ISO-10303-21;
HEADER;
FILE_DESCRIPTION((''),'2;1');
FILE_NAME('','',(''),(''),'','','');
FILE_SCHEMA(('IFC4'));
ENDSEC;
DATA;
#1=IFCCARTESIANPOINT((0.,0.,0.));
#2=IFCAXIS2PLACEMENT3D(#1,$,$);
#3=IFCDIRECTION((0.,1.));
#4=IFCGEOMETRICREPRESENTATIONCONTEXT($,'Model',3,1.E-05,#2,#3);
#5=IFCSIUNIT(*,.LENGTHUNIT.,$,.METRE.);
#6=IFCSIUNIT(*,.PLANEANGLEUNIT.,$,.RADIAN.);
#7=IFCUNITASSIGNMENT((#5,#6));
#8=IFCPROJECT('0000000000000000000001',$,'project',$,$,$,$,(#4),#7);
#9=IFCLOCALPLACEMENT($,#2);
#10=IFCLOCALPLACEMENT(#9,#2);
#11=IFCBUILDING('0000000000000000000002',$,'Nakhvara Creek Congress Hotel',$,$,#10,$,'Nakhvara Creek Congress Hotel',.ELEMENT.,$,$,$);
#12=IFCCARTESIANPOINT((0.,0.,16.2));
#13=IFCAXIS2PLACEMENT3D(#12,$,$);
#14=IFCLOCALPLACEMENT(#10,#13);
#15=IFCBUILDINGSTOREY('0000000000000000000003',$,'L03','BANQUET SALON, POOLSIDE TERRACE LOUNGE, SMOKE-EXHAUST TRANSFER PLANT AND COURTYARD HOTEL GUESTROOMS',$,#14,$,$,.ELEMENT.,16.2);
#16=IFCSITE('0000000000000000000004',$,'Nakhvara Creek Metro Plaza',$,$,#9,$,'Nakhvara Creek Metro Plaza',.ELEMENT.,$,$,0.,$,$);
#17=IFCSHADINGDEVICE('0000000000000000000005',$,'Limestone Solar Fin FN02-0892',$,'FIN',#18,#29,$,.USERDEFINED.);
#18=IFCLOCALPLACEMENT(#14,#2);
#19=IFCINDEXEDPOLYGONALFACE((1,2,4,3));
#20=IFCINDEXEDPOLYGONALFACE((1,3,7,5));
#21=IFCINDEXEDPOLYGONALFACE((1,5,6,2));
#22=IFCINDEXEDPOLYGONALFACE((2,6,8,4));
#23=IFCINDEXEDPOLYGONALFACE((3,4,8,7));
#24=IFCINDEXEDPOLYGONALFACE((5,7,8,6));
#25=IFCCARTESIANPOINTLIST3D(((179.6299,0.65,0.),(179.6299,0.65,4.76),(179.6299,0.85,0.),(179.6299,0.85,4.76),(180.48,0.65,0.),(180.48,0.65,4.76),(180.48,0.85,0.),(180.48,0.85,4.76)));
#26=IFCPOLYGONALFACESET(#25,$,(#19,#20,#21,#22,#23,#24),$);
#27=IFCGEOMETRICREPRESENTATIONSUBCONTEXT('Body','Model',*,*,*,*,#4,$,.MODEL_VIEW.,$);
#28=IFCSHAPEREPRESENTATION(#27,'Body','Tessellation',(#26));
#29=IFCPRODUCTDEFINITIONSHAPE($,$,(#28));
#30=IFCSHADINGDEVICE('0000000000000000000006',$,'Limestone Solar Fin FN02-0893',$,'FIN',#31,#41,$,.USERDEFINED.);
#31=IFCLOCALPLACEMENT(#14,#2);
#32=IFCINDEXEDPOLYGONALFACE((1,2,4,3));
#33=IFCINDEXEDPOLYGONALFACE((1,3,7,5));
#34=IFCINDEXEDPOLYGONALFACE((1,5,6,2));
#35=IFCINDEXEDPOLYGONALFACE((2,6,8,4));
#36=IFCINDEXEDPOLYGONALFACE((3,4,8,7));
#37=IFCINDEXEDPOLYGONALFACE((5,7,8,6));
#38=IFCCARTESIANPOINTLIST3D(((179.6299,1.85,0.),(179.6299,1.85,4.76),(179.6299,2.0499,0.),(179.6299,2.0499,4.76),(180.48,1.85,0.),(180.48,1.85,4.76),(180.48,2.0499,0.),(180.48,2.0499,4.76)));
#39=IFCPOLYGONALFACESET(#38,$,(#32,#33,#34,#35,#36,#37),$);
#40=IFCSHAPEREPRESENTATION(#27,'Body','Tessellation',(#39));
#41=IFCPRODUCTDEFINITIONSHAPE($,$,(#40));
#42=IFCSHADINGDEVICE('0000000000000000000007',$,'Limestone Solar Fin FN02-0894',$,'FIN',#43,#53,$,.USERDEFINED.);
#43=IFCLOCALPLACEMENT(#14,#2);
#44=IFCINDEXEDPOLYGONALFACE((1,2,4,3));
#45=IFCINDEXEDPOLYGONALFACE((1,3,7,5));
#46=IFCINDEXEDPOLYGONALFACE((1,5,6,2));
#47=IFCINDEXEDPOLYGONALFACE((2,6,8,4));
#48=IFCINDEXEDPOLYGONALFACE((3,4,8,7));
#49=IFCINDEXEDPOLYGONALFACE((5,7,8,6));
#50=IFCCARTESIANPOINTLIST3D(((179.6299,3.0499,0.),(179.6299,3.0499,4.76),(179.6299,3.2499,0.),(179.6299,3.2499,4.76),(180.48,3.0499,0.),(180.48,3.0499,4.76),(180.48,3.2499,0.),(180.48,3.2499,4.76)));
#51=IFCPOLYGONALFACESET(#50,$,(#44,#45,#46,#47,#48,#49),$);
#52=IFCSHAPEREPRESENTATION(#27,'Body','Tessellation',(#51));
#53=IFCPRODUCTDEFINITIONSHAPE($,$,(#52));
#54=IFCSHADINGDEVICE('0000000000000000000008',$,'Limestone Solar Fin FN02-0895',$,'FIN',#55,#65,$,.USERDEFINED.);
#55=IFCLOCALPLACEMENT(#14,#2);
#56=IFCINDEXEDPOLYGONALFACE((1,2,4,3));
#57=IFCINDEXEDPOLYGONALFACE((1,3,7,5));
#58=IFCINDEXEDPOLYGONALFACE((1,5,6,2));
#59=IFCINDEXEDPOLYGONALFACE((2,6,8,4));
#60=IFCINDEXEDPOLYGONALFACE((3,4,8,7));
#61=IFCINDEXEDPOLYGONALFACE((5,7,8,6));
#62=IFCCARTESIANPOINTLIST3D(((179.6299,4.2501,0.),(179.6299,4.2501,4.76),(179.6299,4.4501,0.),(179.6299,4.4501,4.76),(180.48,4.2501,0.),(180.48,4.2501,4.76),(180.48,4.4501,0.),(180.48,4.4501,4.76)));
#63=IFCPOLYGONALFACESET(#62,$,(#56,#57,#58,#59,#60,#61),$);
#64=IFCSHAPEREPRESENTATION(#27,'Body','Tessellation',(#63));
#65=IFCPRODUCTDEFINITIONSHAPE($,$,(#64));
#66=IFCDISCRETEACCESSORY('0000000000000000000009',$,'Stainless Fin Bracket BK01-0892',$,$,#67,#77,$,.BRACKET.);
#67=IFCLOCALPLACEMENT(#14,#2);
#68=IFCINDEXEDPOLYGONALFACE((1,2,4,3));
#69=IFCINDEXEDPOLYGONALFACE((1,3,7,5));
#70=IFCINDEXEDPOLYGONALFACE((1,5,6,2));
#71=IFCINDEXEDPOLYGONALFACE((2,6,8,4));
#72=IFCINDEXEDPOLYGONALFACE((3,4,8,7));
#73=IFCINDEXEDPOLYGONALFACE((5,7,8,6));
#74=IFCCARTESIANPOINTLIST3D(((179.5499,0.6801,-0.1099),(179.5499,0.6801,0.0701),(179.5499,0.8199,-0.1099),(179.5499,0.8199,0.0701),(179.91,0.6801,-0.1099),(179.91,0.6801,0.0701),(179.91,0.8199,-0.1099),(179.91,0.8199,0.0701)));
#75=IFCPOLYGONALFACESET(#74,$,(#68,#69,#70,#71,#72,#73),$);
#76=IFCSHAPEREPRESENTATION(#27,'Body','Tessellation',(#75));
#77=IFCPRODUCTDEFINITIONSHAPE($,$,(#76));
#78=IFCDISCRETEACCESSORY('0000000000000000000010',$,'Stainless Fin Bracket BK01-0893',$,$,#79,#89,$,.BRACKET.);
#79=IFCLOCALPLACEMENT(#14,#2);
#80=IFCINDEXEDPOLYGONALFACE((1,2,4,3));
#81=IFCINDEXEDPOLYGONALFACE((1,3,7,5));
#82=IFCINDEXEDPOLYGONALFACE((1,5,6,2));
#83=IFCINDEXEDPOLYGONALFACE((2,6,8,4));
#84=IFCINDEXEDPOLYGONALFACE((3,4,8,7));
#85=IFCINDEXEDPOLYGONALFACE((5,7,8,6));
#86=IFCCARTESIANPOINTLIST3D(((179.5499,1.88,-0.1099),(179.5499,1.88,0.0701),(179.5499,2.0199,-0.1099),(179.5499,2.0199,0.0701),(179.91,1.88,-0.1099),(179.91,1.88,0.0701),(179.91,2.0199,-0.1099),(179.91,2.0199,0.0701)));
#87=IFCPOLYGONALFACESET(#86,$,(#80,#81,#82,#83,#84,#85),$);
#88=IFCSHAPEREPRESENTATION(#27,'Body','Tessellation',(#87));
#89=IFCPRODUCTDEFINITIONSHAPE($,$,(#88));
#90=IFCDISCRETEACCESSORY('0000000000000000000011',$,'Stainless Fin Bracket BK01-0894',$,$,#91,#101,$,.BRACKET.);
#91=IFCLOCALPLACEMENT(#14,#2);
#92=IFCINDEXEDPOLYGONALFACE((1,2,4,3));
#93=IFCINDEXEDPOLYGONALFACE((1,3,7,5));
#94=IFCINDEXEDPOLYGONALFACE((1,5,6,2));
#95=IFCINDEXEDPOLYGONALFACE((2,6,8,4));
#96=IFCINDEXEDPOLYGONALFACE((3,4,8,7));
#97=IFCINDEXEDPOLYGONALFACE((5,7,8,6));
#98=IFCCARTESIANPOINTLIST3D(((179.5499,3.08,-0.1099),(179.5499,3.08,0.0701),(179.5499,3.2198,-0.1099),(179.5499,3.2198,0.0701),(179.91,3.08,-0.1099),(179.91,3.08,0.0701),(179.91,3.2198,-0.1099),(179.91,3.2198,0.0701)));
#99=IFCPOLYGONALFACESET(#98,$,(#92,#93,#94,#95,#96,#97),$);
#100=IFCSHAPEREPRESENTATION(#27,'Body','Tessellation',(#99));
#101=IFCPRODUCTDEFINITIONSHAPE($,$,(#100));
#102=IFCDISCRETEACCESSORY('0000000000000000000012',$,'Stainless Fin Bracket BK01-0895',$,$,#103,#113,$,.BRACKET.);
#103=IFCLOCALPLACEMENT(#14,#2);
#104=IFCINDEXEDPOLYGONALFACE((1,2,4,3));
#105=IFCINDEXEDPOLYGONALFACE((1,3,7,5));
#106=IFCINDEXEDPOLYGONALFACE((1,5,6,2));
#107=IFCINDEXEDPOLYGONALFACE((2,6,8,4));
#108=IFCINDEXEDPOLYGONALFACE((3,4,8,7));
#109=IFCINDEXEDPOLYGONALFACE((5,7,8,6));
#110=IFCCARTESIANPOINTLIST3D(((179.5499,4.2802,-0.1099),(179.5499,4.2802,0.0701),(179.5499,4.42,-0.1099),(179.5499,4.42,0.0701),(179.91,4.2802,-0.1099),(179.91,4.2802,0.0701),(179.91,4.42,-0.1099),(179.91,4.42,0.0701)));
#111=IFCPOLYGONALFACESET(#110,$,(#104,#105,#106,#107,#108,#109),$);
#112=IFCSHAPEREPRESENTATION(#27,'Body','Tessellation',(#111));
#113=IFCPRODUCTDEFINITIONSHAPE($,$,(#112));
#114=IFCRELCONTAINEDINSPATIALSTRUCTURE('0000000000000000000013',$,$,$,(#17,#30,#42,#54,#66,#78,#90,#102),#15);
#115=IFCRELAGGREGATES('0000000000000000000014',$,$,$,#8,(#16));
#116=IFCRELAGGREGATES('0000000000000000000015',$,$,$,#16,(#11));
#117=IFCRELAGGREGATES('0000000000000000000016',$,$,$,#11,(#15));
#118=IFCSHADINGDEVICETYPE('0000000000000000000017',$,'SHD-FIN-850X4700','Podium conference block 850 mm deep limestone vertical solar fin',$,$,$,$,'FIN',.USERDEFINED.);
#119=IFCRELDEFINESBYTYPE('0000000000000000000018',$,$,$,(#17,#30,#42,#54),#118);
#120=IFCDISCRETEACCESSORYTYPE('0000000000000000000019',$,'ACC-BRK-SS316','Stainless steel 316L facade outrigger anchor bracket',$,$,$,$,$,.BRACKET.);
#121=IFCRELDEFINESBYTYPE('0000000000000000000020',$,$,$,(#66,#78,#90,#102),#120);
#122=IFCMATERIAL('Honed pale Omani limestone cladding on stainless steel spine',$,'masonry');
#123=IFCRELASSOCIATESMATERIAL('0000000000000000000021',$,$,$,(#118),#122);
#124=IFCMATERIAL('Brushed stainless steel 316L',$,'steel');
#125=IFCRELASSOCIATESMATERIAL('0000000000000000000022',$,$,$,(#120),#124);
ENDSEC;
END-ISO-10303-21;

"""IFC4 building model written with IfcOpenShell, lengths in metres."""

from ifc_helpers import new_model, si_unit, direction, frame, origin, origin_2d, place, context, subcontext, project, spatial, rectangle, extrude, material, type_object, element, save


model = new_model("IFC4")

# Units and contexts
model_context = context("Model", 3, precision=1e-05, world=origin(), true_north=direction((0.0, 1.0)))
body_context = subcontext(model_context, "Body", "Model", "MODEL_VIEW")
ifc_project = project(units=[si_unit("LENGTHUNIT", "METRE"), si_unit("PLANEANGLEUNIT", "RADIAN")], contexts=[model_context])

# Site, building, storey
site_placement = place(None, origin())
site = spatial("IfcSite", under=ifc_project, at=site_placement, Name="Nakhvara Creek Metro Plaza", LongName="Nakhvara Creek Metro Plaza", CompositionType="ELEMENT", RefElevation=0.0)
building_placement = place(site_placement, origin())
building = spatial("IfcBuilding", under=site, at=building_placement, Name="Nakhvara Creek Congress Hotel", LongName="Nakhvara Creek Congress Hotel", CompositionType="ELEMENT")
storey_placement = place(building_placement, frame((0.0, 0.0, 16.2)))
storey = spatial("IfcBuildingStorey", under=building, at=storey_placement, Name="L03", Description="BANQUET SALON, POOLSIDE TERRACE LOUNGE, SMOKE-EXHAUST TRANSFER PLANT AND COURTYARD HOTEL GUESTROOMS", CompositionType="ELEMENT", Elevation=16.2)

# Shared definitions
ifc_material_1 = material(Name="Brushed stainless steel 316L", Category="steel")

# Shading devices
ifc_material_2 = material(Name="Honed pale Omani limestone cladding on stainless steel spine", Category="masonry")
shading_device_type = type_object("IfcShadingDeviceType", Name="SHD-FIN-850X4700", Description="Podium conference block 850 mm deep limestone vertical solar fin", ElementType="FIN", PredefinedType="USERDEFINED", material=ifc_material_2)
for number, where, z_axis, x_axis, name in (
    (1, (180.0549, 0.75, 0.0), (0.0, 0.0, 1.0), (0.0, 1.0, 0.0), "Limestone Solar Fin FN02-0892"),
    (2, (180.0549, 1.95, 0.0), (0.0, 0.0, 1.0), (0.0, 1.0, 0.0), "Limestone Solar Fin FN02-0893"),
    (3, (180.0549, 3.1499, 0.0), (0.0, 0.0, 1.0), (0.0, 1.0, 0.0), "Limestone Solar Fin FN02-0894"),
    (4, (180.0549, 4.3501, 0.0), (0.0, 0.0, 1.0), (0.0, 1.0, 0.0), "Limestone Solar Fin FN02-0895"),
):
    element("IfcShadingDevice", number, at=place(storey_placement, frame(where, z_axis=z_axis, x_axis=x_axis)), inside=storey, type_object=shading_device_type, Name=name, ObjectType="FIN", PredefinedType="USERDEFINED", context=body_context, shape_type="SweptSolid", body=[
        extrude(rectangle(XDim=0.2, YDim=0.8501, at=origin_2d()), origin(), (0.0, 0.0, 1.0), 4.76),
    ])

# Discrete accessories
discrete_accessory_type = type_object("IfcDiscreteAccessoryType", Name="ACC-BRK-SS316", Description="Stainless steel 316L facade outrigger anchor bracket", PredefinedType="BRACKET", material=ifc_material_1)
for number, where, z_axis, x_axis, name in (
    (5, (179.73, 0.75, -0.1099), (0.0, 0.0, 1.0), (0.0, 1.0, 0.0), "Stainless Fin Bracket BK01-0892"),
    (6, (179.73, 1.95, -0.1099), (0.0, 0.0, 1.0), (0.0, 1.0, 0.0), "Stainless Fin Bracket BK01-0893"),
    (7, (179.73, 3.1499, -0.1099), (0.0, 0.0, 1.0), (0.0, 1.0, 0.0), "Stainless Fin Bracket BK01-0894"),
    (8, (179.73, 4.3501, -0.1099), (0.0, 0.0, 1.0), (0.0, 1.0, 0.0), "Stainless Fin Bracket BK01-0895"),
):
    element("IfcDiscreteAccessory", number, at=place(storey_placement, frame(where, z_axis=z_axis, x_axis=x_axis)), inside=storey, type_object=discrete_accessory_type, Name=name, PredefinedType="BRACKET", context=body_context, shape_type="SweptSolid", body=[
        extrude(rectangle(XDim=0.1399, YDim=0.3601, at=origin_2d()), origin(), (0.0, 0.0, 1.0), 0.1799),
    ])

save(model, "model.ifc")
